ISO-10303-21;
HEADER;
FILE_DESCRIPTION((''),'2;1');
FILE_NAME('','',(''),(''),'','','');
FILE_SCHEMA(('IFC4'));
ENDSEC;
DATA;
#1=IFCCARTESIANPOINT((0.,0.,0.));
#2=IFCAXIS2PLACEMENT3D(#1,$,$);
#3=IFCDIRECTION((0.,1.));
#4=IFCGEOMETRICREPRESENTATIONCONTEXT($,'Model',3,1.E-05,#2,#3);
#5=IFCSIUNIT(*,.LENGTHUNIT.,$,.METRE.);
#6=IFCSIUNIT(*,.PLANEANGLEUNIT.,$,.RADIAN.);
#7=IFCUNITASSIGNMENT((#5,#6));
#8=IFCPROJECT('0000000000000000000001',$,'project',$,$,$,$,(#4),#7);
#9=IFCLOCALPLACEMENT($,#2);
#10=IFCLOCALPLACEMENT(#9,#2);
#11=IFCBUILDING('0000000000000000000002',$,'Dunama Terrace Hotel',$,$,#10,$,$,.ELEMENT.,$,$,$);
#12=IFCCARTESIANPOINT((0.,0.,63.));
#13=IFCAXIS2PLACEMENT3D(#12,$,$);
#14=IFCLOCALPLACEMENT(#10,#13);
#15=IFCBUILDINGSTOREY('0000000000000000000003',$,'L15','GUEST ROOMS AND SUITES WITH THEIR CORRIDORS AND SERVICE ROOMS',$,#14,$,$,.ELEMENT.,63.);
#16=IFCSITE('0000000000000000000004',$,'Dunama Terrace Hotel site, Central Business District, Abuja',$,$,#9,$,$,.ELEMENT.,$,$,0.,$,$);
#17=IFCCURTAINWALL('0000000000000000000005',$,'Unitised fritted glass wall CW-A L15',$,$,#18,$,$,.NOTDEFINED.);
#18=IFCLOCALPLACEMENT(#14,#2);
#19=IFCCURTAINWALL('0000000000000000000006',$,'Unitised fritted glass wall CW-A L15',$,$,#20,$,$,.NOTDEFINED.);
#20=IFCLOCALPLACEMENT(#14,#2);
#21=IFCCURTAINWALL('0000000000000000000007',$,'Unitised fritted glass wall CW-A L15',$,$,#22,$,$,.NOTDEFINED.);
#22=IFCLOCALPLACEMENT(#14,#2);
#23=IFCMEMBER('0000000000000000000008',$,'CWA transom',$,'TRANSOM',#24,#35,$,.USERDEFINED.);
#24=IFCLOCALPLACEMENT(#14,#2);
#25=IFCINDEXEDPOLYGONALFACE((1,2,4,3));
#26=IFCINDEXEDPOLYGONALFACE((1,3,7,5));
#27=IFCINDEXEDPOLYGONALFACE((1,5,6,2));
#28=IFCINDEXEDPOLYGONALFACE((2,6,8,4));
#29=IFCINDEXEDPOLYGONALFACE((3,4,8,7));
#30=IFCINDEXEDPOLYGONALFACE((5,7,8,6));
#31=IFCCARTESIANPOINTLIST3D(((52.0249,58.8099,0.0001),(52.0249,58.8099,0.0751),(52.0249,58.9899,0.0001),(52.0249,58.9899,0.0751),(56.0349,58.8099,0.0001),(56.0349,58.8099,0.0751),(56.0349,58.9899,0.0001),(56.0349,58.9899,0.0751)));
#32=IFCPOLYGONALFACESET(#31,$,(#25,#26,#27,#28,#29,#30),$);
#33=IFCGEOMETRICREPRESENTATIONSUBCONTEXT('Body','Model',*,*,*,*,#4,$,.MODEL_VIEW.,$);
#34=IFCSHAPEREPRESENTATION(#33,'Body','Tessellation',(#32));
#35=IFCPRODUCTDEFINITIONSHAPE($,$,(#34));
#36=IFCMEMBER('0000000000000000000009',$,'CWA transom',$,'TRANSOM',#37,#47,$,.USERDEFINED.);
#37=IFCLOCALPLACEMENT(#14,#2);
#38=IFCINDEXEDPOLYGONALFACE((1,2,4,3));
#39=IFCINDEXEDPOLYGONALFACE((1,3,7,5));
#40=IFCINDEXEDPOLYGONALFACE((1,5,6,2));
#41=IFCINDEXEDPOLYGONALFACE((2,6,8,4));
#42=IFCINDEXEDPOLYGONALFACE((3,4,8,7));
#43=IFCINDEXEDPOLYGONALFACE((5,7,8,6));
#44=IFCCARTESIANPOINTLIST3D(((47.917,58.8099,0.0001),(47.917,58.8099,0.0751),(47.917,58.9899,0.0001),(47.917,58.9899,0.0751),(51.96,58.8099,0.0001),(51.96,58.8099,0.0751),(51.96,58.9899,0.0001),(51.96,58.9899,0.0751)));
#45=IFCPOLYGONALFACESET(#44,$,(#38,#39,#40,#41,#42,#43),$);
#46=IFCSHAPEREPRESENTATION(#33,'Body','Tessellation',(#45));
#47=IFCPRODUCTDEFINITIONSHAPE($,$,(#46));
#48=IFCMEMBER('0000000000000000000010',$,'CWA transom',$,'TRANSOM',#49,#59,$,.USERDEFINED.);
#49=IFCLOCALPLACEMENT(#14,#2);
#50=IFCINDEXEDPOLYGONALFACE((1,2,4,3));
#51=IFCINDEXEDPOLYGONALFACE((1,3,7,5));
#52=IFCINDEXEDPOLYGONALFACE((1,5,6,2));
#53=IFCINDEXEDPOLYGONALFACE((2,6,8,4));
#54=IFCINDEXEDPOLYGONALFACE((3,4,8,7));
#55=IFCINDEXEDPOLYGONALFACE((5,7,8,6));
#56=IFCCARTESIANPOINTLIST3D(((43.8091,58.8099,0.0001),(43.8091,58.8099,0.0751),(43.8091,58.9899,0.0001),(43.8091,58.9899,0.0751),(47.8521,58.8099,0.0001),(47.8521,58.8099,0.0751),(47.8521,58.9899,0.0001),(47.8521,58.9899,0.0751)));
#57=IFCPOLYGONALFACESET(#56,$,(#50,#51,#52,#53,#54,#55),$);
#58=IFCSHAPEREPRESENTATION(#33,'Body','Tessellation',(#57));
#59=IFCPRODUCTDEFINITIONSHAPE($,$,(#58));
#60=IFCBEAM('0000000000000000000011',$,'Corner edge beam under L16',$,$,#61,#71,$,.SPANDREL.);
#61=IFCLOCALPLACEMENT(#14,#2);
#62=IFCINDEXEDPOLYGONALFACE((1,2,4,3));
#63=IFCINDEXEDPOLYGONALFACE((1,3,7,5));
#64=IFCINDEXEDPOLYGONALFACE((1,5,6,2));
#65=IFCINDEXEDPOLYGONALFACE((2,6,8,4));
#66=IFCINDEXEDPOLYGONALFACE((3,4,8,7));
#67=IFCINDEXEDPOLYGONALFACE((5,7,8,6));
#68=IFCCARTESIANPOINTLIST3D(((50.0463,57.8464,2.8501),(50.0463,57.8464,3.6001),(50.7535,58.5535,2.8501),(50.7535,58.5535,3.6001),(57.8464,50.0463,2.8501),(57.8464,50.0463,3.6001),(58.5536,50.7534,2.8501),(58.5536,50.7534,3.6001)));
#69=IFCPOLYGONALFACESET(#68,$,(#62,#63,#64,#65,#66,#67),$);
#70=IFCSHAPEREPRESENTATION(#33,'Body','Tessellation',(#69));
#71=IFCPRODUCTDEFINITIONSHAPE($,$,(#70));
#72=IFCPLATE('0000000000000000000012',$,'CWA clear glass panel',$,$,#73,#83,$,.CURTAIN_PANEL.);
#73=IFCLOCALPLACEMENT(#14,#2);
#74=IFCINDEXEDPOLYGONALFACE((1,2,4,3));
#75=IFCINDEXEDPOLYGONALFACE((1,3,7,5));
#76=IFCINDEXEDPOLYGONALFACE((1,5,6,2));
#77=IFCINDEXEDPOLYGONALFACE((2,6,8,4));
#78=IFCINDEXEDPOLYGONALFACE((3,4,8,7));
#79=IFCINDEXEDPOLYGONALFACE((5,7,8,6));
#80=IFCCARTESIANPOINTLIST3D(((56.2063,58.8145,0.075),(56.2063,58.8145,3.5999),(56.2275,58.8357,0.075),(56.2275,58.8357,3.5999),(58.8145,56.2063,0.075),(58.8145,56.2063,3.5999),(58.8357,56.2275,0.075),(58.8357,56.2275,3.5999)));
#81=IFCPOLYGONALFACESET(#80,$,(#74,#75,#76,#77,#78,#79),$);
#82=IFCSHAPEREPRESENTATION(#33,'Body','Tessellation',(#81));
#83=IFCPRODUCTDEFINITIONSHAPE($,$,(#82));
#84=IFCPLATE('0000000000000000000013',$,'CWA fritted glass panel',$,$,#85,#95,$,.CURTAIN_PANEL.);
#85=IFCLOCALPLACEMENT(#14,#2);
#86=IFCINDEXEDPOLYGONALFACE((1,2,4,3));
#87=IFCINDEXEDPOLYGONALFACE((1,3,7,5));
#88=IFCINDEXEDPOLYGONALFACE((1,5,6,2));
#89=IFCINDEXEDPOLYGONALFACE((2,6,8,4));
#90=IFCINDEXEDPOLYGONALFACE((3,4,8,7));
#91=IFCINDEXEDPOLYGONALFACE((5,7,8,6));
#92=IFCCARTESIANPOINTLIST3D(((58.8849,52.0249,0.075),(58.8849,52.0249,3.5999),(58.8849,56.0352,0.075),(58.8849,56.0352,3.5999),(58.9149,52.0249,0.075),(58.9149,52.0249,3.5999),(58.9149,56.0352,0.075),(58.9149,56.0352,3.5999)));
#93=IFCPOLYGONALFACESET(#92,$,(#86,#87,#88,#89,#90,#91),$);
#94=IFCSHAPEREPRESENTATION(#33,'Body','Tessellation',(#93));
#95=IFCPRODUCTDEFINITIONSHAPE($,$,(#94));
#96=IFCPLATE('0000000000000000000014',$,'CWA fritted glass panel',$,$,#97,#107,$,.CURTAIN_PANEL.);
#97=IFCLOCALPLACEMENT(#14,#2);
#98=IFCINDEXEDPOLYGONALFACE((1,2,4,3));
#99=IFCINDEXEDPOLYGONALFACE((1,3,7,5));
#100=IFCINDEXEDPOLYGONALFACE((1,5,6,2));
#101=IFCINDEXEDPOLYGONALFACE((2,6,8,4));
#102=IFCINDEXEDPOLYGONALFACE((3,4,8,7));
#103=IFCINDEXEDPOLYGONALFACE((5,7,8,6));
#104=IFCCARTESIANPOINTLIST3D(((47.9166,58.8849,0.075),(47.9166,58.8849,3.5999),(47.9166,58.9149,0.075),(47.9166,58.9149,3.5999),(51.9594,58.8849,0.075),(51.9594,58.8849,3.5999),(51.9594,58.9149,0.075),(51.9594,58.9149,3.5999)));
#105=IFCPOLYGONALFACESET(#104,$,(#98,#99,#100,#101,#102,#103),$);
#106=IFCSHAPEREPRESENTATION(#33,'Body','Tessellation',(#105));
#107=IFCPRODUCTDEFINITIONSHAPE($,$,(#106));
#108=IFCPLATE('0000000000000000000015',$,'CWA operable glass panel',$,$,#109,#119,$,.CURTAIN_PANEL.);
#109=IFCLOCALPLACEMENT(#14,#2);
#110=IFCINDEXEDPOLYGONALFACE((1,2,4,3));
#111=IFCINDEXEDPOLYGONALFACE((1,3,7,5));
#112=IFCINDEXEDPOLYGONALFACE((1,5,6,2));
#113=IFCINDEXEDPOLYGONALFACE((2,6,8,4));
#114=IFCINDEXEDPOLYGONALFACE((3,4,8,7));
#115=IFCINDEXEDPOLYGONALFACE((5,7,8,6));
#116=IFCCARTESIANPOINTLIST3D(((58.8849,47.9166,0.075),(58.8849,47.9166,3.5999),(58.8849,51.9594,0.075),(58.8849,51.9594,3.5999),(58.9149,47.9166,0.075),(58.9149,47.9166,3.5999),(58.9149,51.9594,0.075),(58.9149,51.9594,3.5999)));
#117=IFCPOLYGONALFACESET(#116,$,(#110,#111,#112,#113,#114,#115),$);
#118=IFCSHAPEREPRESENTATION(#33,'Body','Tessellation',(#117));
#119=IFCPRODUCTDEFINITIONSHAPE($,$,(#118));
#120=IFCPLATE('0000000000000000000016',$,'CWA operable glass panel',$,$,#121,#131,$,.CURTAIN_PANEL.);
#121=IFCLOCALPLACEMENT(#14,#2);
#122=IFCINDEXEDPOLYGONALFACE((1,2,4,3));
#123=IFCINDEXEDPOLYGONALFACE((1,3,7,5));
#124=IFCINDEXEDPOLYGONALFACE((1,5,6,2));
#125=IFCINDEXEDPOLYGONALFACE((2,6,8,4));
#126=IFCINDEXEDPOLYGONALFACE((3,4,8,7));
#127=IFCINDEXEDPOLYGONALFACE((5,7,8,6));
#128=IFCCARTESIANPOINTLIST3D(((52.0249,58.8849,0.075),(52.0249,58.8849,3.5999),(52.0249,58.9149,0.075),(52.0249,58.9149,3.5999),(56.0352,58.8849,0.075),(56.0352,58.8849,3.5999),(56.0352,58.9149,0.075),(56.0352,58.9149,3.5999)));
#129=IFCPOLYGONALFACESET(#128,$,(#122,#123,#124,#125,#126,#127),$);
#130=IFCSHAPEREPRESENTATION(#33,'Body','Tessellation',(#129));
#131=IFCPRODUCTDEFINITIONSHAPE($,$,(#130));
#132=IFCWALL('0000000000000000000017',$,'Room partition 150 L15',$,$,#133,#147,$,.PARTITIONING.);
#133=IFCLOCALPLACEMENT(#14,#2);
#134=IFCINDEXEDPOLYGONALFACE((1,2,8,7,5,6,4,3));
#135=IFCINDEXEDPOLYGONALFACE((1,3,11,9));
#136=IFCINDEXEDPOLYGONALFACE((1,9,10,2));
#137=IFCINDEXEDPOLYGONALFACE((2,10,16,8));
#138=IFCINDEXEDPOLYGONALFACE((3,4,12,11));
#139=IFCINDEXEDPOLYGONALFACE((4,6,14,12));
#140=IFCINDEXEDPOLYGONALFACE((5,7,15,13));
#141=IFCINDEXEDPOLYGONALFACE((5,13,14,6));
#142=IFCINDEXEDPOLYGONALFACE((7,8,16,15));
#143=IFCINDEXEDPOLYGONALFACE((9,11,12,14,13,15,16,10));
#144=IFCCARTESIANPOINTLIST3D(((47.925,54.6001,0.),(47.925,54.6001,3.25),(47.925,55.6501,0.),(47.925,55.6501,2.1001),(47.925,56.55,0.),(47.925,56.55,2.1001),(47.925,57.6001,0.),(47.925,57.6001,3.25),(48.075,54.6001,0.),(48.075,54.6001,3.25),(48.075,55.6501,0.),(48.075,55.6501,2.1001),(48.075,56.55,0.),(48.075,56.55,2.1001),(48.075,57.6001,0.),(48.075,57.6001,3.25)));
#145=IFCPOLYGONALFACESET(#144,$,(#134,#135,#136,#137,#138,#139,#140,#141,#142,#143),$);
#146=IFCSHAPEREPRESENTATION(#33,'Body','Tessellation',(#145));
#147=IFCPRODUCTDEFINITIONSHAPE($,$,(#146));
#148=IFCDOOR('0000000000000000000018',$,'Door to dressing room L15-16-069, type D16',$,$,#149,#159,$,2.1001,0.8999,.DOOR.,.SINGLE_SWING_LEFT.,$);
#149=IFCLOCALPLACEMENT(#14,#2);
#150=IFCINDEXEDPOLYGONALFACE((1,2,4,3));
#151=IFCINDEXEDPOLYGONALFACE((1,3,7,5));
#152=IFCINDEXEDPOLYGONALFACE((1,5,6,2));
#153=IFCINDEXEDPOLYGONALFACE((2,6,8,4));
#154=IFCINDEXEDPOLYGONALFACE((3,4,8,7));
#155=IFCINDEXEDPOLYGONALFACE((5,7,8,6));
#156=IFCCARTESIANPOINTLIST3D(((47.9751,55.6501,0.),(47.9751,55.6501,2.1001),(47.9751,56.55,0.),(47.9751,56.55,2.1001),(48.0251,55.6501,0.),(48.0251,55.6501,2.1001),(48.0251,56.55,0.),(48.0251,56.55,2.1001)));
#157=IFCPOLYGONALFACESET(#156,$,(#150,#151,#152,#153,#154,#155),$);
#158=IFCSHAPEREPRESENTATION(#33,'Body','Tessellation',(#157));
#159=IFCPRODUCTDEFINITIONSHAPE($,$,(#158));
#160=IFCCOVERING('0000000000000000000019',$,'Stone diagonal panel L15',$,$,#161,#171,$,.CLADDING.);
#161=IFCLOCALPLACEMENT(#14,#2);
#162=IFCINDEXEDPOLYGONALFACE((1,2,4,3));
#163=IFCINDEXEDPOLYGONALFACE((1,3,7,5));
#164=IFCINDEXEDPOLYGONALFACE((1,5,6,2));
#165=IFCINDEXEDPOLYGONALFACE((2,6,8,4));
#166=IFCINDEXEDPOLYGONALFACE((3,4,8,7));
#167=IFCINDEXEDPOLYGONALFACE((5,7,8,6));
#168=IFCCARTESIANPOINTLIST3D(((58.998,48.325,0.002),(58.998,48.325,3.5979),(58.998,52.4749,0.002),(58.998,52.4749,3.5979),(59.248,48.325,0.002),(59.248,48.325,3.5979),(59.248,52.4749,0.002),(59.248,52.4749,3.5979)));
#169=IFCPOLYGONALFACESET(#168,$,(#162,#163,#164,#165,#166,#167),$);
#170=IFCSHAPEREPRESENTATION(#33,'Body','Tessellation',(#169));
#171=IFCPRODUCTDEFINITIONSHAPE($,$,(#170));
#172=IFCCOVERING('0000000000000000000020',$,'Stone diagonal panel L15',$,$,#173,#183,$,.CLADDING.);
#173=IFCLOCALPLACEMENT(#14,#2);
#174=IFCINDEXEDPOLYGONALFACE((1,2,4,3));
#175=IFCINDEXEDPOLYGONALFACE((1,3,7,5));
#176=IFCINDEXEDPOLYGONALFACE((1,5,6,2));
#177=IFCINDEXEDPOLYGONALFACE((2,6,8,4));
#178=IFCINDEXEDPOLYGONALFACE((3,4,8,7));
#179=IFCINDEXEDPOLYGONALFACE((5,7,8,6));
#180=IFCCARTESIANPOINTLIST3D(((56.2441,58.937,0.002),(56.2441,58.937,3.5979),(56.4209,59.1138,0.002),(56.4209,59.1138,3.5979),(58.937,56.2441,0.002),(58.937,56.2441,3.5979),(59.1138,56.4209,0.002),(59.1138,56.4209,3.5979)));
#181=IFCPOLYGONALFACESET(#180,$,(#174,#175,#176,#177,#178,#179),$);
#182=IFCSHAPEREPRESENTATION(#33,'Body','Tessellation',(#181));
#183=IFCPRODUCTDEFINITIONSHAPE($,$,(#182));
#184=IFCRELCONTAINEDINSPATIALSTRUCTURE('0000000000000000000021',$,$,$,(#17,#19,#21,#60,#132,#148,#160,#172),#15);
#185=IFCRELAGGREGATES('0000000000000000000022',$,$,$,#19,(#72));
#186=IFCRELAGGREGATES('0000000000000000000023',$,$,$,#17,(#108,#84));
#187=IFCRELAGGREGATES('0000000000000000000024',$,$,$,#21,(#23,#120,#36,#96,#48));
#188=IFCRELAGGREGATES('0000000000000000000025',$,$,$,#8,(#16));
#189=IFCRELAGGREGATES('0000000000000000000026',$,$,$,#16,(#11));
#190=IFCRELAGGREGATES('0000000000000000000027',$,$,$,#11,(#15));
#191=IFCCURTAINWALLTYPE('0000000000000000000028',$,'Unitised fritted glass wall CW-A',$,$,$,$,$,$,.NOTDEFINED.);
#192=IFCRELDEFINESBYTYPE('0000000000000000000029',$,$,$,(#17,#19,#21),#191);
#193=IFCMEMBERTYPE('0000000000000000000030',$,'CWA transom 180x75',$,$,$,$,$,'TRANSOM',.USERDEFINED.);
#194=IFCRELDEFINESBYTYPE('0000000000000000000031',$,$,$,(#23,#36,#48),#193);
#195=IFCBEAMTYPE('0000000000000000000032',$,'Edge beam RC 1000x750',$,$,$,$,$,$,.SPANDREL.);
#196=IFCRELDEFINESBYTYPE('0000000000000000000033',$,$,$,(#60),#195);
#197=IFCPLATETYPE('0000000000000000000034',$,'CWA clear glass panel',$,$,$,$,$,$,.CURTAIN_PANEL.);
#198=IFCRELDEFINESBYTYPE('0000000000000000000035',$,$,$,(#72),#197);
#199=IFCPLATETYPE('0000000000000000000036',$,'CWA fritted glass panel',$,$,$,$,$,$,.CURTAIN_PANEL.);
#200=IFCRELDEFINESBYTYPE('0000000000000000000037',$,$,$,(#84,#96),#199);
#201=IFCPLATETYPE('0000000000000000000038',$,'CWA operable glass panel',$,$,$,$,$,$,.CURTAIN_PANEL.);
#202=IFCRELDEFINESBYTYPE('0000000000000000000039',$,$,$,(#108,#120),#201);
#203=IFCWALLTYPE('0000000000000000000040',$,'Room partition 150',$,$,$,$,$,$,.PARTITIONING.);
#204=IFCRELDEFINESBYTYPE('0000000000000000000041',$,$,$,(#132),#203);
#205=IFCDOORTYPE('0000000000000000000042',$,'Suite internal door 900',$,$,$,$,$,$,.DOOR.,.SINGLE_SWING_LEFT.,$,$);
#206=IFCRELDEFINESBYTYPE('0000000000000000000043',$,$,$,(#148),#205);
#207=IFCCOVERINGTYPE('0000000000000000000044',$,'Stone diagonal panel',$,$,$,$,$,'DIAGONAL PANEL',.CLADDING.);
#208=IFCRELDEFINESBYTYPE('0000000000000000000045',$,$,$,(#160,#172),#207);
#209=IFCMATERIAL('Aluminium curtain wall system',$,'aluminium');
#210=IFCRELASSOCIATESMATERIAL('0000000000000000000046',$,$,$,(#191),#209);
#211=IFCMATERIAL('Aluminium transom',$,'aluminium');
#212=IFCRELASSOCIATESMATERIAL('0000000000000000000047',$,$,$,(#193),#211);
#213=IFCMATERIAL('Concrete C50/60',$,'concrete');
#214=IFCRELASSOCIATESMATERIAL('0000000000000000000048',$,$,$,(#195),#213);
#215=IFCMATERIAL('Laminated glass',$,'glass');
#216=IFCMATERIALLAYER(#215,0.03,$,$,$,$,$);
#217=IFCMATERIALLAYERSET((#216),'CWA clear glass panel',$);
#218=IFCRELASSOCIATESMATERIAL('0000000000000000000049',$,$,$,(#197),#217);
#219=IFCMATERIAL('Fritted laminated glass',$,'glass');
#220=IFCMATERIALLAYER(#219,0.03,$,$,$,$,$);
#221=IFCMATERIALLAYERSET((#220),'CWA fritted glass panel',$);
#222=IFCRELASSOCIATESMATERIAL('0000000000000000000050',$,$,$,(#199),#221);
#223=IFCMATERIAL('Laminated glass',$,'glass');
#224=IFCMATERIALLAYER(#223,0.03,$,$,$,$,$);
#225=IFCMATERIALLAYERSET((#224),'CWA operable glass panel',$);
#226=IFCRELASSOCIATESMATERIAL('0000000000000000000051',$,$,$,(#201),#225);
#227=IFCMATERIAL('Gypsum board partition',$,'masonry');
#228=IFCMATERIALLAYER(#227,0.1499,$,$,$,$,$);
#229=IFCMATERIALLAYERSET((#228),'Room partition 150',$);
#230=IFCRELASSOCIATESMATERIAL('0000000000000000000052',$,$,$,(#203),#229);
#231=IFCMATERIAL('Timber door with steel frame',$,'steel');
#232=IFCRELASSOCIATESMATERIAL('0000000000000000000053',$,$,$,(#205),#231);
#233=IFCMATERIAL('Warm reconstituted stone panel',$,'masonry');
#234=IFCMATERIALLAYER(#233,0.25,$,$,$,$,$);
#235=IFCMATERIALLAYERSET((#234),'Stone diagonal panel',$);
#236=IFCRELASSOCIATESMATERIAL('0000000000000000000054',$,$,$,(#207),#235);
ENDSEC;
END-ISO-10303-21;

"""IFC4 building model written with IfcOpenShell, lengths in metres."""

from ifc_helpers import new_model, si_unit, direction, frame, frame_2d, origin, origin_2d, place, context, subcontext, project, spatial, rectangle, extrude, material, layer, layer_set, material_profile, profile_set, type_object, element, fill, aggregate, save


model = new_model("IFC4")

# Units and contexts
model_context = context("Model", 3, precision=1e-05, world=origin(), true_north=direction((0.0, 1.0)))
body_context = subcontext(model_context, "Body", "Model", "MODEL_VIEW")
ifc_project = project(units=[si_unit("LENGTHUNIT", "METRE"), si_unit("PLANEANGLEUNIT", "RADIAN")], contexts=[model_context])

# Site, building, storey
site_placement = place(None, origin())
site = spatial("IfcSite", under=ifc_project, at=site_placement, Name="Dunama Terrace Hotel site, Central Business District, Abuja", CompositionType="ELEMENT", RefElevation=0.0)
building_placement = place(site_placement, origin())
building = spatial("IfcBuilding", under=site, at=building_placement, Name="Dunama Terrace Hotel", CompositionType="ELEMENT")
storey_placement = place(building_placement, frame((0.0, 0.0, 63.0)))
storey = spatial("IfcBuildingStorey", under=building, at=storey_placement, Name="L15", Description="GUEST ROOMS AND SUITES WITH THEIR CORRIDORS AND SERVICE ROOMS", CompositionType="ELEMENT", Elevation=63.0)

# Curtain walls
ifc_material_1 = material(Name="Aluminium curtain wall system", Category="aluminium")
curtain_wall_type = type_object("IfcCurtainWallType", Name="Unitised fritted glass wall CW-A", PredefinedType="NOTDEFINED", material=ifc_material_1)
curtain_wall_1_placement = place(storey_placement, origin())
curtain_wall_1 = element("IfcCurtainWall", 1, at=curtain_wall_1_placement, inside=storey, type_object=curtain_wall_type, Name="Unitised fritted glass wall CW-A L15", PredefinedType="NOTDEFINED")
curtain_wall_2_placement = place(storey_placement, origin())
curtain_wall_2 = element("IfcCurtainWall", 2, at=curtain_wall_2_placement, inside=storey, type_object=curtain_wall_type, Name="Unitised fritted glass wall CW-A L15", PredefinedType="NOTDEFINED")
curtain_wall_3_placement = place(storey_placement, origin())
curtain_wall_3 = element("IfcCurtainWall", 3, at=curtain_wall_3_placement, inside=storey, type_object=curtain_wall_type, Name="Unitised fritted glass wall CW-A L15", PredefinedType="NOTDEFINED")

# Members
ifc_material_2 = material(Name="Aluminium transom", Category="aluminium")
ifc_material_profile_1 = material_profile(ifc_material_2, rectangle(XDim=0.1799, YDim=0.075, at=origin_2d()), Name="CWA TRANSOM 180X75")
ifc_profile_set_1 = profile_set([ifc_material_profile_1], Name="Aluminium transom")
member_type_1 = type_object("IfcMemberType", Name="CWA transom 180x75", ElementType="TRANSOM", PredefinedType="USERDEFINED", material=ifc_profile_set_1)
member_1_placement = place(storey_placement, frame((56.0349, 58.8999, 0.0376), z_axis=(-1.0, 0.0, 0.0), x_axis=(0.0, -1.0, 0.0)))
member_1 = element("IfcMember", 4, at=member_1_placement, type_object=member_type_1, Name="CWA transom", ObjectType="TRANSOM", PredefinedType="USERDEFINED", context=body_context, shape_type="SweptSolid", body=[
    extrude(rectangle(XDim=0.1799, YDim=0.075, at=origin_2d()), origin(), (0.0, 0.0, 1.0), 4.01),
])
member_2_placement = place(storey_placement, frame((51.96, 58.8999, 0.0376), z_axis=(-1.0, 0.0, 0.0), x_axis=(0.0, -1.0, 0.0)))
member_2 = element("IfcMember", 5, at=member_2_placement, type_object=member_type_1, Name="CWA transom", ObjectType="TRANSOM", PredefinedType="USERDEFINED", context=body_context, shape_type="SweptSolid", body=[
    extrude(rectangle(XDim=0.1799, YDim=0.075, at=origin_2d()), origin(), (0.0, 0.0, 1.0), 4.043),
])
member_3_placement = place(storey_placement, frame((47.8521, 58.8999, 0.0376), z_axis=(-1.0, 0.0, 0.0), x_axis=(0.0, -1.0, 0.0)))
member_3 = element("IfcMember", 6, at=member_3_placement, type_object=member_type_1, Name="CWA transom", ObjectType="TRANSOM", PredefinedType="USERDEFINED", context=body_context, shape_type="SweptSolid", body=[
    extrude(rectangle(XDim=0.1799, YDim=0.075, at=origin_2d()), origin(), (0.0, 0.0, 1.0), 4.043),
])

# Beam
ifc_material_3 = material(Name="Concrete C50/60", Category="concrete")
ifc_material_profile_2 = material_profile(ifc_material_3, rectangle(XDim=1.0, YDim=0.75, at=origin_2d()), Name="RC 1000x750")
ifc_profile_set_2 = profile_set([ifc_material_profile_2], Name="Concrete C50/60")
beam_type = type_object("IfcBeamType", Name="Edge beam RC 1000x750", PredefinedType="SPANDREL", material=ifc_profile_set_2)
beam_placement = place(storey_placement, frame((50.3999, 58.2, 3.2251), z_axis=(0.707107, -0.707107, 0.0), x_axis=(0.707107, 0.707107, 0.0)))
element("IfcBeam", 7, at=beam_placement, inside=storey, type_object=beam_type, Name="Corner edge beam under L16", PredefinedType="SPANDREL", context=body_context, shape_type="SweptSolid", body=[
    extrude(rectangle(XDim=1.0, YDim=0.75, at=origin_2d()), origin(), (0.0, 0.0, 1.0), 11.031),
])

# Plates
ifc_material_4 = material(Name="Laminated glass", Category="glass")
ifc_layer_1 = layer(ifc_material_4, 0.03)
ifc_layer_set_1 = layer_set([ifc_layer_1], Name="CWA clear glass panel")
plate_type_1 = type_object("IfcPlateType", Name="CWA clear glass panel", PredefinedType="CURTAIN_PANEL", material=ifc_layer_set_1)
plate_1_placement = place(storey_placement, frame((57.521, 57.521, 0.075), z_axis=(0.0, 0.0, 1.0), x_axis=(-0.707107, 0.707107, 0.0)))
plate_1 = element("IfcPlate", 8, at=plate_1_placement, type_object=plate_type_1, Name="CWA clear glass panel", PredefinedType="CURTAIN_PANEL", context=body_context, shape_type="SweptSolid", body=[
    extrude(rectangle(XDim=3.6885, YDim=0.03, at=origin_2d()), origin(), (0.0, 0.0, 1.0), 3.5249),
])
aggregate(curtain_wall_2, [plate_1])
ifc_material_5 = material(Name="Fritted laminated glass", Category="glass")
ifc_layer_2 = layer(ifc_material_5, 0.03)
ifc_layer_set_2 = layer_set([ifc_layer_2], Name="CWA fritted glass panel")
plate_type_2 = type_object("IfcPlateType", Name="CWA fritted glass panel", PredefinedType="CURTAIN_PANEL", material=ifc_layer_set_2)
plate_2_placement = place(storey_placement, frame((58.8999, 54.03, 0.075), z_axis=(0.0, 0.0, 1.0), x_axis=(0.0, 1.0, 0.0)))
plate_2 = element("IfcPlate", 9, at=plate_2_placement, type_object=plate_type_2, Name="CWA fritted glass panel", PredefinedType="CURTAIN_PANEL", context=body_context, shape_type="SweptSolid", body=[
    extrude(rectangle(XDim=4.0103, YDim=0.03, at=origin_2d()), origin(), (0.0, 0.0, 1.0), 3.5249),
])
plate_3_placement = place(storey_placement, frame((49.938, 58.8999, 0.075), z_axis=(0.0, 0.0, 1.0), x_axis=(-1.0, 0.0, 0.0)))
plate_3 = element("IfcPlate", 10, at=plate_3_placement, type_object=plate_type_2, Name="CWA fritted glass panel", PredefinedType="CURTAIN_PANEL", context=body_context, shape_type="SweptSolid", body=[
    extrude(rectangle(XDim=4.0427, YDim=0.03, at=origin_2d()), origin(), (0.0, 0.0, 1.0), 3.5249),
])
ifc_material_6 = material(Name="Laminated glass", Category="glass")
ifc_layer_3 = layer(ifc_material_6, 0.03)
ifc_layer_set_3 = layer_set([ifc_layer_3], Name="CWA operable glass panel")
plate_type_3 = type_object("IfcPlateType", Name="CWA operable glass panel", PredefinedType="CURTAIN_PANEL", material=ifc_layer_set_3)
plate_4_placement = place(storey_placement, frame((58.8999, 49.938, 0.075), z_axis=(0.0, 0.0, 1.0), x_axis=(0.0, 1.0, 0.0)))
plate_4 = element("IfcPlate", 11, at=plate_4_placement, type_object=plate_type_3, Name="CWA operable glass panel", PredefinedType="CURTAIN_PANEL", context=body_context, shape_type="SweptSolid", body=[
    extrude(rectangle(XDim=4.0427, YDim=0.03, at=origin_2d()), origin(), (0.0, 0.0, 1.0), 3.5249),
])
aggregate(curtain_wall_1, [plate_4, plate_2])
plate_5_placement = place(storey_placement, frame((54.03, 58.8999, 0.075), z_axis=(0.0, 0.0, 1.0), x_axis=(-1.0, 0.0, 0.0)))
plate_5 = element("IfcPlate", 12, at=plate_5_placement, type_object=plate_type_3, Name="CWA operable glass panel", PredefinedType="CURTAIN_PANEL", context=body_context, shape_type="SweptSolid", body=[
    extrude(rectangle(XDim=4.0103, YDim=0.03, at=origin_2d()), origin(), (0.0, 0.0, 1.0), 3.5249),
])
aggregate(curtain_wall_3, [member_1, plate_5, member_2, plate_3, member_3])

# Wall, opening, door
ifc_material_7 = material(Name="Gypsum board partition", Category="masonry")
ifc_layer_4 = layer(ifc_material_7, 0.1499)
ifc_layer_set_4 = layer_set([ifc_layer_4], Name="Room partition 150")
wall_type = type_object("IfcWallType", Name="Room partition 150", PredefinedType="PARTITIONING", material=ifc_layer_set_4)
wall_placement = place(storey_placement, frame((48.0, 54.6001, 0.0), z_axis=(0.0, 0.0, 1.0), x_axis=(0.0, 1.0, 0.0)))
wall = element("IfcWall", 13, at=wall_placement, inside=storey, type_object=wall_type, Name="Room partition 150 L15", PredefinedType="PARTITIONING", context=body_context, shape_type="SweptSolid", body=[
    extrude(rectangle(XDim=3.0, YDim=0.1499, at=frame_2d((1.5, 0.0))), origin(), (0.0, 0.0, 1.0), 3.25),
])
opening_placement = place(wall_placement, frame((1.05, 0.0, 0.0)))
opening = element("IfcOpeningElement", 14, at=opening_placement, cuts=wall, PredefinedType="OPENING", context=body_context, shape_type="SweptSolid", body=[
    extrude(rectangle(XDim=0.8999, YDim=2.1001, at=frame_2d((0.45, 1.05))), frame((0.0, 0.085, 0.0), z_axis=(0.0, -1.0, 0.0), x_axis=(1.0, 0.0, 0.0)), (0.0, 0.0, 1.0), 0.1699),
])
ifc_material_8 = material(Name="Timber door with steel frame", Category="steel")
door_type = type_object("IfcDoorType", Name="Suite internal door 900", OperationType="SINGLE_SWING_LEFT", PredefinedType="DOOR", material=ifc_material_8)
door_placement = place(opening_placement, origin())
door = element("IfcDoor", 15, at=door_placement, inside=storey, type_object=door_type, Name="Door to dressing room L15-16-069, type D16", OperationType="SINGLE_SWING_LEFT", OverallHeight=2.1001, OverallWidth=0.8999, PredefinedType="DOOR", context=body_context, shape_type="SweptSolid", body=[
    extrude(rectangle(XDim=0.8999, YDim=2.1001, at=frame_2d((0.45, 1.05))), frame((0.0, 0.0249, 0.0), z_axis=(0.0, -1.0, 0.0), x_axis=(1.0, 0.0, 0.0)), (0.0, 0.0, 1.0), 0.05),
])
fill(opening, door)

# Coverings
ifc_material_9 = material(Name="Warm reconstituted stone panel", Category="masonry")
ifc_layer_5 = layer(ifc_material_9, 0.25)
ifc_layer_set_5 = layer_set([ifc_layer_5], Name="Stone diagonal panel")
covering_type = type_object("IfcCoveringType", Name="Stone diagonal panel", ElementType="DIAGONAL PANEL", PredefinedType="CLADDING", material=ifc_layer_set_5)
covering_1_placement = place(storey_placement, frame((59.123, 50.3999, 0.002), z_axis=(0.0, 0.0, 1.0), x_axis=(0.0, 1.0, 0.0)))
element("IfcCovering", 16, at=covering_1_placement, inside=storey, type_object=covering_type, Name="Stone diagonal panel L15", PredefinedType="CLADDING", context=body_context, shape_type="SweptSolid", body=[
    extrude(rectangle(XDim=4.1499, YDim=0.25, at=origin_2d()), origin(), (0.0, 0.0, 1.0), 3.5959),
])
covering_2_placement = place(storey_placement, frame((57.679, 57.679, 0.002), z_axis=(0.0, 0.0, 1.0), x_axis=(-0.707107, 0.707107, 0.0)))
element("IfcCovering", 17, at=covering_2_placement, inside=storey, type_object=covering_type, Name="Stone diagonal panel L15", PredefinedType="CLADDING", context=body_context, shape_type="SweptSolid", body=[
    extrude(rectangle(XDim=3.8083, YDim=0.25, at=origin_2d()), origin(), (0.0, 0.0, 1.0), 3.5959),
])

save(model, "model.ifc")
